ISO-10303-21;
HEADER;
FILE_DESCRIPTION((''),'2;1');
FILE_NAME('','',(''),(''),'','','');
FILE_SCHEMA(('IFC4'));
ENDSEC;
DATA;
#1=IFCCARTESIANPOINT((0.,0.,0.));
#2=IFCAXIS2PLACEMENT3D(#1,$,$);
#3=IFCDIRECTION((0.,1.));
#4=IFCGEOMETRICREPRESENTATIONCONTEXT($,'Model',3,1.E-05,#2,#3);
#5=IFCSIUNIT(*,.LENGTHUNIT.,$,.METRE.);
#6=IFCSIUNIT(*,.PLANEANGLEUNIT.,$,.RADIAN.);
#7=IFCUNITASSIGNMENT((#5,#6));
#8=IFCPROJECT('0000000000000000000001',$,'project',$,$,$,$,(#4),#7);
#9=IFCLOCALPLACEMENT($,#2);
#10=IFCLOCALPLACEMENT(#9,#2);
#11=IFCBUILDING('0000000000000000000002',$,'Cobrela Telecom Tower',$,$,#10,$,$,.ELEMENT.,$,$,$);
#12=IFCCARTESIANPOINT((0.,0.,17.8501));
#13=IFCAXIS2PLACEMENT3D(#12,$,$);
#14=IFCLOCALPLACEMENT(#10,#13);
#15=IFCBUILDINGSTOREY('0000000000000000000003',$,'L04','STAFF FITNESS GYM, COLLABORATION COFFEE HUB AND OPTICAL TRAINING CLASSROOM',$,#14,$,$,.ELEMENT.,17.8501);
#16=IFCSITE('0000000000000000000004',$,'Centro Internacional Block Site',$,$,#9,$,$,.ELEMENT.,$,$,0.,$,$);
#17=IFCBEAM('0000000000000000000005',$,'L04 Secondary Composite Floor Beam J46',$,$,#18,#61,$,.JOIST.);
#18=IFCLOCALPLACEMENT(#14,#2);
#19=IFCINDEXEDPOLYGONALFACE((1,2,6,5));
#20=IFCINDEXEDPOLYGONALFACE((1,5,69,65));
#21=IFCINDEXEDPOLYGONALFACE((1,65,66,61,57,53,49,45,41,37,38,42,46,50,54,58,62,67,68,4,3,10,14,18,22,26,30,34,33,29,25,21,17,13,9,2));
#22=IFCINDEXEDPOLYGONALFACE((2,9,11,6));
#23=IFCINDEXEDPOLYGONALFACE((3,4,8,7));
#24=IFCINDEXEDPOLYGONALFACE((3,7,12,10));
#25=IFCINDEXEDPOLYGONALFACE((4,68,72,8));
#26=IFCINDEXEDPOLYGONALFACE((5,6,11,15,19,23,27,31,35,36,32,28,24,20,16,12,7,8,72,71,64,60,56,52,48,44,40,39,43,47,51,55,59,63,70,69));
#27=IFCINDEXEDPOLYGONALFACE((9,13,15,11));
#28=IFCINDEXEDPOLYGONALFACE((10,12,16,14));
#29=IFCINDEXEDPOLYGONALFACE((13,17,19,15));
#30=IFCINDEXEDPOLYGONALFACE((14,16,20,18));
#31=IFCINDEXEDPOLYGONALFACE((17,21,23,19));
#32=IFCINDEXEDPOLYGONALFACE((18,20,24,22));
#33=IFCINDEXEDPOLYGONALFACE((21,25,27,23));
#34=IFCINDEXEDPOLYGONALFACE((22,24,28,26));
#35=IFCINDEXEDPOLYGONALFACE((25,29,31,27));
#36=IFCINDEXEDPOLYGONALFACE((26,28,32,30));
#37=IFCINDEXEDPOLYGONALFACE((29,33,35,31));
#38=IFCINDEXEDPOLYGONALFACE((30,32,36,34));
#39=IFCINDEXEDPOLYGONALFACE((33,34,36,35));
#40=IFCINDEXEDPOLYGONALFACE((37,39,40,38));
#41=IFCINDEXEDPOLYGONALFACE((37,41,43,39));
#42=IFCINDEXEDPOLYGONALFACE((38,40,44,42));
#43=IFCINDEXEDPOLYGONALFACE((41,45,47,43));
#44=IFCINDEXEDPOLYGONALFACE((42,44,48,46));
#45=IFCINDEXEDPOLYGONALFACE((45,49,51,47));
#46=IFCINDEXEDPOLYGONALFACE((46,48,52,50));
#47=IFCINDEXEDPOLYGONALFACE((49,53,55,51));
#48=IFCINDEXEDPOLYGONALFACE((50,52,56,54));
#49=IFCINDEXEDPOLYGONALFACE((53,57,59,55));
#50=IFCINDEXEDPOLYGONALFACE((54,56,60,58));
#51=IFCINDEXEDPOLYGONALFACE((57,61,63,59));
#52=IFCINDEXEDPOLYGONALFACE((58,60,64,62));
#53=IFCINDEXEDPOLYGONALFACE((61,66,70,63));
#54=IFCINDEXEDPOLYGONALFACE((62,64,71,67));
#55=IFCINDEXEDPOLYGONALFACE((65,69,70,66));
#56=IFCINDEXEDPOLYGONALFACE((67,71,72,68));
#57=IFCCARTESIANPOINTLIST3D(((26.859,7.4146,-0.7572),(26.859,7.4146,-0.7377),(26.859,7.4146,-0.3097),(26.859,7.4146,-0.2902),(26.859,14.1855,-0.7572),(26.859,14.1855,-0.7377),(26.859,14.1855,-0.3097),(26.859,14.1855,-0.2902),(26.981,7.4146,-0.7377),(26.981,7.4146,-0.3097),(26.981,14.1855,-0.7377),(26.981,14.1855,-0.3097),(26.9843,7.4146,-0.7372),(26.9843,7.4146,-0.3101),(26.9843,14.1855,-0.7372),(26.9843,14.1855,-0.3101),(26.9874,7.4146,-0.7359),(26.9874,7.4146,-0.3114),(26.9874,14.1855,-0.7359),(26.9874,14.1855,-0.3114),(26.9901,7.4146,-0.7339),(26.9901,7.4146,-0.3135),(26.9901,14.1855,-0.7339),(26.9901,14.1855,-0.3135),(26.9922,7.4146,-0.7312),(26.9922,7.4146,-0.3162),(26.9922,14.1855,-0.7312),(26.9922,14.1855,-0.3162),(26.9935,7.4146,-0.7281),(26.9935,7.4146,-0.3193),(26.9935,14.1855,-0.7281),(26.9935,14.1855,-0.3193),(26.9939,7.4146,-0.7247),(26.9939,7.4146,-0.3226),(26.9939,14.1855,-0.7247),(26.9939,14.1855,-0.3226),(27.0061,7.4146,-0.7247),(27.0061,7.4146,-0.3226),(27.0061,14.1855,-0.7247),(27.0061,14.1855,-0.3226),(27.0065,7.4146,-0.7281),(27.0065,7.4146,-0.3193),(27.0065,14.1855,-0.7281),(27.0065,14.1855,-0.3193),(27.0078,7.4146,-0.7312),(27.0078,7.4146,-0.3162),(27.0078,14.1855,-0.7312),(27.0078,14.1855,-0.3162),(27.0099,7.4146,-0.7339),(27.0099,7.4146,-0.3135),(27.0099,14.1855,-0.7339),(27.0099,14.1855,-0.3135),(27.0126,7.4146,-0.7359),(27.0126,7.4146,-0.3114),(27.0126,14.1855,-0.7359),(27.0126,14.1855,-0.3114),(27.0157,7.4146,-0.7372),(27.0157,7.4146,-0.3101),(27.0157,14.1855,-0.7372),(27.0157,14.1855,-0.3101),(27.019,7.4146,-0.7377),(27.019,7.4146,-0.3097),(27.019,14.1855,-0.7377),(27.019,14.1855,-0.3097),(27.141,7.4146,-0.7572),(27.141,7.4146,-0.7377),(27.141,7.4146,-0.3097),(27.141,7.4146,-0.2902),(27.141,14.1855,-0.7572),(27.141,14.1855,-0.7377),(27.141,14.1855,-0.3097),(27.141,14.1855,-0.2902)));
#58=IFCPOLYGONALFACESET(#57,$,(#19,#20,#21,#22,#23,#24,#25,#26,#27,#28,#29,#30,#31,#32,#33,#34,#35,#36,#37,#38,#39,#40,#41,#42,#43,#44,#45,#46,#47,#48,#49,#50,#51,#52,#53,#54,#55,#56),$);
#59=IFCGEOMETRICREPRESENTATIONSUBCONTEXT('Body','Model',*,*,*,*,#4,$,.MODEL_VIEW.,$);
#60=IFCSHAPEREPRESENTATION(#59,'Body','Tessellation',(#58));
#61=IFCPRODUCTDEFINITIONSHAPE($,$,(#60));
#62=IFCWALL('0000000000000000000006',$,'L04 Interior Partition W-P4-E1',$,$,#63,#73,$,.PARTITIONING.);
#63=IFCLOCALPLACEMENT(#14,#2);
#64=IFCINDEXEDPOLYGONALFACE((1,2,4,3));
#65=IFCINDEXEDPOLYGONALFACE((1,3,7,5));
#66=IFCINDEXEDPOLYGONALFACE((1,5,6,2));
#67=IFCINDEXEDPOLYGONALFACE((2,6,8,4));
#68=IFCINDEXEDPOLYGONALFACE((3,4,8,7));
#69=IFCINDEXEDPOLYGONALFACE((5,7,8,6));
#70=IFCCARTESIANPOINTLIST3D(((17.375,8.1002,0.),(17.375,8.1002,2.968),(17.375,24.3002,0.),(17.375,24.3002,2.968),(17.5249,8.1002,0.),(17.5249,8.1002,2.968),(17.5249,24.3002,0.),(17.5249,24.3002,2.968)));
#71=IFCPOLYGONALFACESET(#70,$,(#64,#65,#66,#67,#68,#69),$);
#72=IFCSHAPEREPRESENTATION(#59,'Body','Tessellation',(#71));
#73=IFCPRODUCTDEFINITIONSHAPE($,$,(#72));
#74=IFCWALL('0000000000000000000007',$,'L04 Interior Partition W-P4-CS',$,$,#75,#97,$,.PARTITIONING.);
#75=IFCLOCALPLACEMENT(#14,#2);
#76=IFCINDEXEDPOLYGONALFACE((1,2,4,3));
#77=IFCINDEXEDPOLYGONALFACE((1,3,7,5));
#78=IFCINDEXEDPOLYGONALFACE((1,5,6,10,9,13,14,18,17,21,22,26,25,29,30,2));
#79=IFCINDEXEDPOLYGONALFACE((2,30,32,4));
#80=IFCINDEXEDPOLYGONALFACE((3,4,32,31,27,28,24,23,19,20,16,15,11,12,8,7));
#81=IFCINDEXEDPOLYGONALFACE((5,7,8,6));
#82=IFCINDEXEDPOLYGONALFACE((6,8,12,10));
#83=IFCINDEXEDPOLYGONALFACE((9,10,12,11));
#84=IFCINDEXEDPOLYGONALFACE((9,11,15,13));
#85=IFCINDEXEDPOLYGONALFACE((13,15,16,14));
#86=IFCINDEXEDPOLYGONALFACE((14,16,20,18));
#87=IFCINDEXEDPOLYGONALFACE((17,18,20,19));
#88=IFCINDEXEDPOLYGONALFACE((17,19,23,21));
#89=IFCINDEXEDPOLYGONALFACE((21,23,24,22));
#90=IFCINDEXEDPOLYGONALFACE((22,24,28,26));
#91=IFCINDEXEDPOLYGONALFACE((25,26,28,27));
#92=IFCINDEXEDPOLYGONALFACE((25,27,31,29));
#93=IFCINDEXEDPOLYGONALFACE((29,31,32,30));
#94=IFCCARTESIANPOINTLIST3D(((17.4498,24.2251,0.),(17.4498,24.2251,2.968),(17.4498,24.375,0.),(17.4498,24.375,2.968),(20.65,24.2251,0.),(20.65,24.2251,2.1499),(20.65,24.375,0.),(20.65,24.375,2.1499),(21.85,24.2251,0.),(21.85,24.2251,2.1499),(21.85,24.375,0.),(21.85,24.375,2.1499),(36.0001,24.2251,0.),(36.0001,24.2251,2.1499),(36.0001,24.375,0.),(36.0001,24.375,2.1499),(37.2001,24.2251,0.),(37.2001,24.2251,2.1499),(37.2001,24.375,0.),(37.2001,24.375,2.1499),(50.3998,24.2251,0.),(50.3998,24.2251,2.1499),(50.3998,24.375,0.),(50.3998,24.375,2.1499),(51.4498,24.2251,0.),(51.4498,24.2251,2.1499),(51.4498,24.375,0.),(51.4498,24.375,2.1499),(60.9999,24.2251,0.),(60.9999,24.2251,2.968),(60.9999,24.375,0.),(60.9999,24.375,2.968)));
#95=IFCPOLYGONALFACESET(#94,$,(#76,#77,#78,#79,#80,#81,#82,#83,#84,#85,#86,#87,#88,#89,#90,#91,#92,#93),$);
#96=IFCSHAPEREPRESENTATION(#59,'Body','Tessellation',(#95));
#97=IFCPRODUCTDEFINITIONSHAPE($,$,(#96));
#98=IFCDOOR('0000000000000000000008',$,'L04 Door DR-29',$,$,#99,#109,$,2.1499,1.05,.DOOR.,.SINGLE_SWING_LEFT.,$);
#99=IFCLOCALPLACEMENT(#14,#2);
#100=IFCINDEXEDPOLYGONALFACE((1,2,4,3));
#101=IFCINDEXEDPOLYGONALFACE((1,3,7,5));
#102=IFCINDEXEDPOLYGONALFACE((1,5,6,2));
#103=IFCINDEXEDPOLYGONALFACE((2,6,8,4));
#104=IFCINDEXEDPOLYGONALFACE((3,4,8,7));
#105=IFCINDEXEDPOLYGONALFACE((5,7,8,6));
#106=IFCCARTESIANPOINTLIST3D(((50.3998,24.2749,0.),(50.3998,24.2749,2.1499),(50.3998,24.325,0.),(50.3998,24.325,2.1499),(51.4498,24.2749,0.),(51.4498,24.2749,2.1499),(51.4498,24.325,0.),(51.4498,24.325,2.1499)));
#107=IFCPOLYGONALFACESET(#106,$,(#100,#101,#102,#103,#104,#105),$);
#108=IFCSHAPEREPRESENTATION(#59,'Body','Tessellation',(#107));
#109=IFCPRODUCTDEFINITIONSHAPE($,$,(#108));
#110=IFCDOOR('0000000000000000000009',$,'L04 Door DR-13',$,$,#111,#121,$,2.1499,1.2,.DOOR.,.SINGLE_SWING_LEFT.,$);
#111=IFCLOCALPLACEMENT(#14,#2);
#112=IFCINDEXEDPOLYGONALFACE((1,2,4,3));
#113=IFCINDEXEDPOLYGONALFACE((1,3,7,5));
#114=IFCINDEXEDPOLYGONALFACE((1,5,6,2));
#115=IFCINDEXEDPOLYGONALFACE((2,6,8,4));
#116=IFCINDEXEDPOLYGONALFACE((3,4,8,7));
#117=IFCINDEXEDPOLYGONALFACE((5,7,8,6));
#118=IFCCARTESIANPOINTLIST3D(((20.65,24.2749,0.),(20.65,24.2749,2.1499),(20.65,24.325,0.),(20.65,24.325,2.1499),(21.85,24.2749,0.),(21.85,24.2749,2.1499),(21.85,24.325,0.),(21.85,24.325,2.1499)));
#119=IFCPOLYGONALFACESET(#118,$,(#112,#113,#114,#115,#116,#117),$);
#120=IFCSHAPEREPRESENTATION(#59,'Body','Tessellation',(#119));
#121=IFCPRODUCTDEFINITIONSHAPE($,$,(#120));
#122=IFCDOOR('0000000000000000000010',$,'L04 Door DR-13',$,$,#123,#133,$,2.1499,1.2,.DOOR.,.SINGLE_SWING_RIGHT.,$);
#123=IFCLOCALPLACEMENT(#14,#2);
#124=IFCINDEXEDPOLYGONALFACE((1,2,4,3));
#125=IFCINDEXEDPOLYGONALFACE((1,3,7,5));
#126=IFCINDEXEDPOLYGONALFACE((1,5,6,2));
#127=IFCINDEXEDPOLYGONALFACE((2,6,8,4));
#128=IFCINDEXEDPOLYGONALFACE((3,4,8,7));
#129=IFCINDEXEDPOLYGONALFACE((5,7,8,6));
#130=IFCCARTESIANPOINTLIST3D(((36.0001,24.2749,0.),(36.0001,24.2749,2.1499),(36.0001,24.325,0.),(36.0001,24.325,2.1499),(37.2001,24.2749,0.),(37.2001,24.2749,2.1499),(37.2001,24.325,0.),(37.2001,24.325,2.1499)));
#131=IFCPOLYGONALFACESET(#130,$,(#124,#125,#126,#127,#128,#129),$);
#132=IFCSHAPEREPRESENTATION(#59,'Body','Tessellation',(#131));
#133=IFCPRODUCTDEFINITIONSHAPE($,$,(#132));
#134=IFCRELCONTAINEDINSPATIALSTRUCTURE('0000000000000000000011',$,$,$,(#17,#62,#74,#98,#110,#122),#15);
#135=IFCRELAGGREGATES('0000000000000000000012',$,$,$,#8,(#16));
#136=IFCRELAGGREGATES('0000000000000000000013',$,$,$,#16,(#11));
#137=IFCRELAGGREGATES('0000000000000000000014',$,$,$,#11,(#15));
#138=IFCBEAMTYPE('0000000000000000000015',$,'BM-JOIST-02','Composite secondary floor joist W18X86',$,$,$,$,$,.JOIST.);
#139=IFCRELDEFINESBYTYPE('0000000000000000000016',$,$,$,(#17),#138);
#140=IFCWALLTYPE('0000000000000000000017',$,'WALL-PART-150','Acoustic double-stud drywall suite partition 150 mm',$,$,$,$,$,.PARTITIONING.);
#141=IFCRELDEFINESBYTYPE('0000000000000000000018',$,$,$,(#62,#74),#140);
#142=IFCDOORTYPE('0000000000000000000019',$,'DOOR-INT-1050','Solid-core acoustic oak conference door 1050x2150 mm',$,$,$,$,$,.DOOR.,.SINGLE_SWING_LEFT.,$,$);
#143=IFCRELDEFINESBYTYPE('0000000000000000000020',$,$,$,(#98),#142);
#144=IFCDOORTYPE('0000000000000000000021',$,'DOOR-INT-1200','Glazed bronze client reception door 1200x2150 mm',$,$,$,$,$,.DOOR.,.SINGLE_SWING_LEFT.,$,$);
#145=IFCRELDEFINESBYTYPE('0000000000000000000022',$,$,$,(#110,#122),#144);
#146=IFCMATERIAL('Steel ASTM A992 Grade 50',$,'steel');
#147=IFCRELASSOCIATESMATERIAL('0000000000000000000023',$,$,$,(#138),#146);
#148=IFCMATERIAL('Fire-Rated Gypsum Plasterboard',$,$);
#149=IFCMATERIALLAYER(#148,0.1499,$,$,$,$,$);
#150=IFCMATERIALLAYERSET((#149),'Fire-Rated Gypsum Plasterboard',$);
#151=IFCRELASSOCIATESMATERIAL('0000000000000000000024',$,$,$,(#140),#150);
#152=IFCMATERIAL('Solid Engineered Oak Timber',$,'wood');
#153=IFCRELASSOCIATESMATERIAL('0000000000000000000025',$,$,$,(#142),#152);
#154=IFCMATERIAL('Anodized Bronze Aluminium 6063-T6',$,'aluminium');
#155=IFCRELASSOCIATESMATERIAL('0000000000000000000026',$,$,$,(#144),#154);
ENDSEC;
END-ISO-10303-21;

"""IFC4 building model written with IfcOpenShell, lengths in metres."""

from ifc_helpers import new_model, si_unit, direction, frame, frame_2d, origin, origin_2d, place, context, subcontext, project, spatial, rectangle, i_section, extrude, material, layer, layer_set, material_profile, profile_set, type_object, element, fill, save


model = new_model("IFC4")

# Units and contexts
model_context = context("Model", 3, precision=1e-05, world=origin(), true_north=direction((0.0, 1.0)))
body_context = subcontext(model_context, "Body", "Model", "MODEL_VIEW")
ifc_project = project(units=[si_unit("LENGTHUNIT", "METRE"), si_unit("PLANEANGLEUNIT", "RADIAN")], contexts=[model_context])

# Site, building, storey
site_placement = place(None, origin())
site = spatial("IfcSite", under=ifc_project, at=site_placement, Name="Centro Internacional Block Site", CompositionType="ELEMENT", RefElevation=0.0)
building_placement = place(site_placement, origin())
building = spatial("IfcBuilding", under=site, at=building_placement, Name="Cobrela Telecom Tower", CompositionType="ELEMENT")
storey_placement = place(building_placement, frame((0.0, 0.0, 17.8501)))
storey = spatial("IfcBuildingStorey", under=building, at=storey_placement, Name="L04", Description="STAFF FITNESS GYM, COLLABORATION COFFEE HUB AND OPTICAL TRAINING CLASSROOM", CompositionType="ELEMENT", Elevation=17.8501)

# Beam
ifc_material_1 = material(Name="Steel ASTM A992 Grade 50", Category="steel")
ifc_material_profile_1 = material_profile(ifc_material_1, i_section(OverallWidth=0.282, OverallDepth=0.467, WebThickness=0.0122, FlangeThickness=0.0195, FilletRadius=0.0129, at=origin_2d()), Name="W18X86")
ifc_profile_set_1 = profile_set([ifc_material_profile_1], Name="Steel ASTM A992 Grade 50")
beam_type_1 = type_object("IfcBeamType", Name="BM-JOIST-02", Description="Composite secondary floor joist W18X86", PredefinedType="JOIST", material=ifc_profile_set_1)
for number, where, z_axis, x_axis, name in (
    (1, (27.0, 7.4146, -0.5237), (0.0, 1.0, 0.0), (-1.0, 0.0, 0.0), "L04 Secondary Composite Floor Beam J46"),
):
    element("IfcBeam", number, at=place(storey_placement, frame(where, z_axis=z_axis, x_axis=x_axis)), inside=storey, type_object=beam_type_1, Name=name, PredefinedType="JOIST", context=body_context, shape_type="SweptSolid", body=[
        extrude(i_section(OverallWidth=0.282, OverallDepth=0.467, WebThickness=0.0122, FlangeThickness=0.0195, FilletRadius=0.0129, at=origin_2d()), origin(), (0.0, 0.0, 1.0), 6.771),
    ])

# Shared definitions
ifc_material_2 = material(Name="Fire-Rated Gypsum Plasterboard")
ifc_layer = layer(ifc_material_2, 0.1499)
ifc_layer_set = layer_set([ifc_layer], Name="Fire-Rated Gypsum Plasterboard")
wall_type = type_object("IfcWallType", Name="WALL-PART-150", Description="Acoustic double-stud drywall suite partition 150 mm", PredefinedType="PARTITIONING", material=ifc_layer_set)
ifc_material_3 = material(Name="Solid Engineered Oak Timber", Category="wood")

# Wall
wall_1_placement = place(storey_placement, frame((17.45, 8.1001, 0.0), z_axis=(0.0, 0.0, 1.0), x_axis=(0.0, 1.0, 0.0)))
element("IfcWall", 2, at=wall_1_placement, inside=storey, type_object=wall_type, Name="L04 Interior Partition W-P4-E1", PredefinedType="PARTITIONING", context=body_context, shape_type="SweptSolid", body=[
    extrude(rectangle(XDim=16.2, YDim=0.1499, at=frame_2d((8.1001, 0.0))), origin(), (0.0, 0.0, 1.0), 2.968),
])

# Wall, openings, doors
wall_2_placement = place(storey_placement, frame((17.45, 24.3, 0.0), z_axis=(0.0, 0.0, 1.0), x_axis=(1.0, 0.0, 0.0)))
wall_2 = element("IfcWall", 3, at=wall_2_placement, inside=storey, type_object=wall_type, Name="L04 Interior Partition W-P4-CS", PredefinedType="PARTITIONING", context=body_context, shape_type="SweptSolid", body=[
    extrude(rectangle(XDim=43.55, YDim=0.1499, at=frame_2d((21.7749, 0.0))), origin(), (0.0, 0.0, 1.0), 2.968),
])
opening_1_placement = place(wall_2_placement, frame((3.2, 0.0, 0.0)))
opening_1 = element("IfcOpeningElement", 4, at=opening_1_placement, cuts=wall_2, PredefinedType="OPENING", context=body_context, shape_type="SweptSolid", body=[
    extrude(rectangle(XDim=1.2, YDim=2.1499, at=frame_2d((0.6001, 1.075))), frame((0.0, 0.0869, 0.0), z_axis=(0.0, -1.0, 0.0), x_axis=(1.0, 0.0, 0.0)), (0.0, 0.0, 1.0), 0.1738),
])
opening_2_placement = place(wall_2_placement, frame((18.55, 0.0, 0.0)))
opening_2 = element("IfcOpeningElement", 5, at=opening_2_placement, cuts=wall_2, PredefinedType="OPENING", context=body_context, shape_type="SweptSolid", body=[
    extrude(rectangle(XDim=1.2, YDim=2.1499, at=frame_2d((0.6001, 1.075))), frame((0.0, 0.0869, 0.0), z_axis=(0.0, -1.0, 0.0), x_axis=(1.0, 0.0, 0.0)), (0.0, 0.0, 1.0), 0.1738),
])
opening_3_placement = place(wall_2_placement, frame((32.95, 0.0, 0.0)))
opening_3 = element("IfcOpeningElement", 6, at=opening_3_placement, cuts=wall_2, PredefinedType="OPENING", context=body_context, shape_type="SweptSolid", body=[
    extrude(rectangle(XDim=1.05, YDim=2.1499, at=frame_2d((0.5249, 1.075))), frame((0.0, 0.0869, 0.0), z_axis=(0.0, -1.0, 0.0), x_axis=(1.0, 0.0, 0.0)), (0.0, 0.0, 1.0), 0.1738),
])
door_type_1 = type_object("IfcDoorType", Name="DOOR-INT-1050", Description="Solid-core acoustic oak conference door 1050x2150 mm", OperationType="SINGLE_SWING_LEFT", PredefinedType="DOOR", material=ifc_material_3)
door_1_placement = place(opening_3_placement, origin())
door_1 = element("IfcDoor", 7, at=door_1_placement, inside=storey, type_object=door_type_1, Name="L04 Door DR-29", OperationType="SINGLE_SWING_LEFT", OverallHeight=2.1499, OverallWidth=1.05, PredefinedType="DOOR", context=body_context, shape_type="SweptSolid", body=[
    extrude(rectangle(XDim=1.05, YDim=2.1499, at=frame_2d((0.5249, 1.075))), frame((0.0, 0.0249, 0.0), z_axis=(0.0, -1.0, 0.0), x_axis=(1.0, 0.0, 0.0)), (0.0, 0.0, 1.0), 0.05),
])
fill(opening_3, door_1)
ifc_material_4 = material(Name="Anodized Bronze Aluminium 6063-T6", Category="aluminium")
door_type_2 = type_object("IfcDoorType", Name="DOOR-INT-1200", Description="Glazed bronze client reception door 1200x2150 mm", OperationType="SINGLE_SWING_LEFT", PredefinedType="DOOR", material=ifc_material_4)
door_2_placement = place(opening_1_placement, origin())
door_2 = element("IfcDoor", 8, at=door_2_placement, inside=storey, type_object=door_type_2, Name="L04 Door DR-13", OperationType="SINGLE_SWING_LEFT", OverallHeight=2.1499, OverallWidth=1.2, PredefinedType="DOOR", context=body_context, shape_type="SweptSolid", body=[
    extrude(rectangle(XDim=1.2, YDim=2.1499, at=frame_2d((0.6001, 1.075))), frame((0.0, 0.0249, 0.0), z_axis=(0.0, -1.0, 0.0), x_axis=(1.0, 0.0, 0.0)), (0.0, 0.0, 1.0), 0.05),
])
fill(opening_1, door_2)
door_3_placement = place(opening_2_placement, origin())
door_3 = element("IfcDoor", 9, at=door_3_placement, inside=storey, type_object=door_type_2, Name="L04 Door DR-13", OperationType="SINGLE_SWING_RIGHT", OverallHeight=2.1499, OverallWidth=1.2, PredefinedType="DOOR", context=body_context, shape_type="SweptSolid", body=[
    extrude(rectangle(XDim=1.2, YDim=2.1499, at=frame_2d((0.6001, 1.075))), frame((0.0, 0.0249, 0.0), z_axis=(0.0, -1.0, 0.0), x_axis=(1.0, 0.0, 0.0)), (0.0, 0.0, 1.0), 0.05),
])
fill(opening_2, door_3)

save(model, "model.ifc")
